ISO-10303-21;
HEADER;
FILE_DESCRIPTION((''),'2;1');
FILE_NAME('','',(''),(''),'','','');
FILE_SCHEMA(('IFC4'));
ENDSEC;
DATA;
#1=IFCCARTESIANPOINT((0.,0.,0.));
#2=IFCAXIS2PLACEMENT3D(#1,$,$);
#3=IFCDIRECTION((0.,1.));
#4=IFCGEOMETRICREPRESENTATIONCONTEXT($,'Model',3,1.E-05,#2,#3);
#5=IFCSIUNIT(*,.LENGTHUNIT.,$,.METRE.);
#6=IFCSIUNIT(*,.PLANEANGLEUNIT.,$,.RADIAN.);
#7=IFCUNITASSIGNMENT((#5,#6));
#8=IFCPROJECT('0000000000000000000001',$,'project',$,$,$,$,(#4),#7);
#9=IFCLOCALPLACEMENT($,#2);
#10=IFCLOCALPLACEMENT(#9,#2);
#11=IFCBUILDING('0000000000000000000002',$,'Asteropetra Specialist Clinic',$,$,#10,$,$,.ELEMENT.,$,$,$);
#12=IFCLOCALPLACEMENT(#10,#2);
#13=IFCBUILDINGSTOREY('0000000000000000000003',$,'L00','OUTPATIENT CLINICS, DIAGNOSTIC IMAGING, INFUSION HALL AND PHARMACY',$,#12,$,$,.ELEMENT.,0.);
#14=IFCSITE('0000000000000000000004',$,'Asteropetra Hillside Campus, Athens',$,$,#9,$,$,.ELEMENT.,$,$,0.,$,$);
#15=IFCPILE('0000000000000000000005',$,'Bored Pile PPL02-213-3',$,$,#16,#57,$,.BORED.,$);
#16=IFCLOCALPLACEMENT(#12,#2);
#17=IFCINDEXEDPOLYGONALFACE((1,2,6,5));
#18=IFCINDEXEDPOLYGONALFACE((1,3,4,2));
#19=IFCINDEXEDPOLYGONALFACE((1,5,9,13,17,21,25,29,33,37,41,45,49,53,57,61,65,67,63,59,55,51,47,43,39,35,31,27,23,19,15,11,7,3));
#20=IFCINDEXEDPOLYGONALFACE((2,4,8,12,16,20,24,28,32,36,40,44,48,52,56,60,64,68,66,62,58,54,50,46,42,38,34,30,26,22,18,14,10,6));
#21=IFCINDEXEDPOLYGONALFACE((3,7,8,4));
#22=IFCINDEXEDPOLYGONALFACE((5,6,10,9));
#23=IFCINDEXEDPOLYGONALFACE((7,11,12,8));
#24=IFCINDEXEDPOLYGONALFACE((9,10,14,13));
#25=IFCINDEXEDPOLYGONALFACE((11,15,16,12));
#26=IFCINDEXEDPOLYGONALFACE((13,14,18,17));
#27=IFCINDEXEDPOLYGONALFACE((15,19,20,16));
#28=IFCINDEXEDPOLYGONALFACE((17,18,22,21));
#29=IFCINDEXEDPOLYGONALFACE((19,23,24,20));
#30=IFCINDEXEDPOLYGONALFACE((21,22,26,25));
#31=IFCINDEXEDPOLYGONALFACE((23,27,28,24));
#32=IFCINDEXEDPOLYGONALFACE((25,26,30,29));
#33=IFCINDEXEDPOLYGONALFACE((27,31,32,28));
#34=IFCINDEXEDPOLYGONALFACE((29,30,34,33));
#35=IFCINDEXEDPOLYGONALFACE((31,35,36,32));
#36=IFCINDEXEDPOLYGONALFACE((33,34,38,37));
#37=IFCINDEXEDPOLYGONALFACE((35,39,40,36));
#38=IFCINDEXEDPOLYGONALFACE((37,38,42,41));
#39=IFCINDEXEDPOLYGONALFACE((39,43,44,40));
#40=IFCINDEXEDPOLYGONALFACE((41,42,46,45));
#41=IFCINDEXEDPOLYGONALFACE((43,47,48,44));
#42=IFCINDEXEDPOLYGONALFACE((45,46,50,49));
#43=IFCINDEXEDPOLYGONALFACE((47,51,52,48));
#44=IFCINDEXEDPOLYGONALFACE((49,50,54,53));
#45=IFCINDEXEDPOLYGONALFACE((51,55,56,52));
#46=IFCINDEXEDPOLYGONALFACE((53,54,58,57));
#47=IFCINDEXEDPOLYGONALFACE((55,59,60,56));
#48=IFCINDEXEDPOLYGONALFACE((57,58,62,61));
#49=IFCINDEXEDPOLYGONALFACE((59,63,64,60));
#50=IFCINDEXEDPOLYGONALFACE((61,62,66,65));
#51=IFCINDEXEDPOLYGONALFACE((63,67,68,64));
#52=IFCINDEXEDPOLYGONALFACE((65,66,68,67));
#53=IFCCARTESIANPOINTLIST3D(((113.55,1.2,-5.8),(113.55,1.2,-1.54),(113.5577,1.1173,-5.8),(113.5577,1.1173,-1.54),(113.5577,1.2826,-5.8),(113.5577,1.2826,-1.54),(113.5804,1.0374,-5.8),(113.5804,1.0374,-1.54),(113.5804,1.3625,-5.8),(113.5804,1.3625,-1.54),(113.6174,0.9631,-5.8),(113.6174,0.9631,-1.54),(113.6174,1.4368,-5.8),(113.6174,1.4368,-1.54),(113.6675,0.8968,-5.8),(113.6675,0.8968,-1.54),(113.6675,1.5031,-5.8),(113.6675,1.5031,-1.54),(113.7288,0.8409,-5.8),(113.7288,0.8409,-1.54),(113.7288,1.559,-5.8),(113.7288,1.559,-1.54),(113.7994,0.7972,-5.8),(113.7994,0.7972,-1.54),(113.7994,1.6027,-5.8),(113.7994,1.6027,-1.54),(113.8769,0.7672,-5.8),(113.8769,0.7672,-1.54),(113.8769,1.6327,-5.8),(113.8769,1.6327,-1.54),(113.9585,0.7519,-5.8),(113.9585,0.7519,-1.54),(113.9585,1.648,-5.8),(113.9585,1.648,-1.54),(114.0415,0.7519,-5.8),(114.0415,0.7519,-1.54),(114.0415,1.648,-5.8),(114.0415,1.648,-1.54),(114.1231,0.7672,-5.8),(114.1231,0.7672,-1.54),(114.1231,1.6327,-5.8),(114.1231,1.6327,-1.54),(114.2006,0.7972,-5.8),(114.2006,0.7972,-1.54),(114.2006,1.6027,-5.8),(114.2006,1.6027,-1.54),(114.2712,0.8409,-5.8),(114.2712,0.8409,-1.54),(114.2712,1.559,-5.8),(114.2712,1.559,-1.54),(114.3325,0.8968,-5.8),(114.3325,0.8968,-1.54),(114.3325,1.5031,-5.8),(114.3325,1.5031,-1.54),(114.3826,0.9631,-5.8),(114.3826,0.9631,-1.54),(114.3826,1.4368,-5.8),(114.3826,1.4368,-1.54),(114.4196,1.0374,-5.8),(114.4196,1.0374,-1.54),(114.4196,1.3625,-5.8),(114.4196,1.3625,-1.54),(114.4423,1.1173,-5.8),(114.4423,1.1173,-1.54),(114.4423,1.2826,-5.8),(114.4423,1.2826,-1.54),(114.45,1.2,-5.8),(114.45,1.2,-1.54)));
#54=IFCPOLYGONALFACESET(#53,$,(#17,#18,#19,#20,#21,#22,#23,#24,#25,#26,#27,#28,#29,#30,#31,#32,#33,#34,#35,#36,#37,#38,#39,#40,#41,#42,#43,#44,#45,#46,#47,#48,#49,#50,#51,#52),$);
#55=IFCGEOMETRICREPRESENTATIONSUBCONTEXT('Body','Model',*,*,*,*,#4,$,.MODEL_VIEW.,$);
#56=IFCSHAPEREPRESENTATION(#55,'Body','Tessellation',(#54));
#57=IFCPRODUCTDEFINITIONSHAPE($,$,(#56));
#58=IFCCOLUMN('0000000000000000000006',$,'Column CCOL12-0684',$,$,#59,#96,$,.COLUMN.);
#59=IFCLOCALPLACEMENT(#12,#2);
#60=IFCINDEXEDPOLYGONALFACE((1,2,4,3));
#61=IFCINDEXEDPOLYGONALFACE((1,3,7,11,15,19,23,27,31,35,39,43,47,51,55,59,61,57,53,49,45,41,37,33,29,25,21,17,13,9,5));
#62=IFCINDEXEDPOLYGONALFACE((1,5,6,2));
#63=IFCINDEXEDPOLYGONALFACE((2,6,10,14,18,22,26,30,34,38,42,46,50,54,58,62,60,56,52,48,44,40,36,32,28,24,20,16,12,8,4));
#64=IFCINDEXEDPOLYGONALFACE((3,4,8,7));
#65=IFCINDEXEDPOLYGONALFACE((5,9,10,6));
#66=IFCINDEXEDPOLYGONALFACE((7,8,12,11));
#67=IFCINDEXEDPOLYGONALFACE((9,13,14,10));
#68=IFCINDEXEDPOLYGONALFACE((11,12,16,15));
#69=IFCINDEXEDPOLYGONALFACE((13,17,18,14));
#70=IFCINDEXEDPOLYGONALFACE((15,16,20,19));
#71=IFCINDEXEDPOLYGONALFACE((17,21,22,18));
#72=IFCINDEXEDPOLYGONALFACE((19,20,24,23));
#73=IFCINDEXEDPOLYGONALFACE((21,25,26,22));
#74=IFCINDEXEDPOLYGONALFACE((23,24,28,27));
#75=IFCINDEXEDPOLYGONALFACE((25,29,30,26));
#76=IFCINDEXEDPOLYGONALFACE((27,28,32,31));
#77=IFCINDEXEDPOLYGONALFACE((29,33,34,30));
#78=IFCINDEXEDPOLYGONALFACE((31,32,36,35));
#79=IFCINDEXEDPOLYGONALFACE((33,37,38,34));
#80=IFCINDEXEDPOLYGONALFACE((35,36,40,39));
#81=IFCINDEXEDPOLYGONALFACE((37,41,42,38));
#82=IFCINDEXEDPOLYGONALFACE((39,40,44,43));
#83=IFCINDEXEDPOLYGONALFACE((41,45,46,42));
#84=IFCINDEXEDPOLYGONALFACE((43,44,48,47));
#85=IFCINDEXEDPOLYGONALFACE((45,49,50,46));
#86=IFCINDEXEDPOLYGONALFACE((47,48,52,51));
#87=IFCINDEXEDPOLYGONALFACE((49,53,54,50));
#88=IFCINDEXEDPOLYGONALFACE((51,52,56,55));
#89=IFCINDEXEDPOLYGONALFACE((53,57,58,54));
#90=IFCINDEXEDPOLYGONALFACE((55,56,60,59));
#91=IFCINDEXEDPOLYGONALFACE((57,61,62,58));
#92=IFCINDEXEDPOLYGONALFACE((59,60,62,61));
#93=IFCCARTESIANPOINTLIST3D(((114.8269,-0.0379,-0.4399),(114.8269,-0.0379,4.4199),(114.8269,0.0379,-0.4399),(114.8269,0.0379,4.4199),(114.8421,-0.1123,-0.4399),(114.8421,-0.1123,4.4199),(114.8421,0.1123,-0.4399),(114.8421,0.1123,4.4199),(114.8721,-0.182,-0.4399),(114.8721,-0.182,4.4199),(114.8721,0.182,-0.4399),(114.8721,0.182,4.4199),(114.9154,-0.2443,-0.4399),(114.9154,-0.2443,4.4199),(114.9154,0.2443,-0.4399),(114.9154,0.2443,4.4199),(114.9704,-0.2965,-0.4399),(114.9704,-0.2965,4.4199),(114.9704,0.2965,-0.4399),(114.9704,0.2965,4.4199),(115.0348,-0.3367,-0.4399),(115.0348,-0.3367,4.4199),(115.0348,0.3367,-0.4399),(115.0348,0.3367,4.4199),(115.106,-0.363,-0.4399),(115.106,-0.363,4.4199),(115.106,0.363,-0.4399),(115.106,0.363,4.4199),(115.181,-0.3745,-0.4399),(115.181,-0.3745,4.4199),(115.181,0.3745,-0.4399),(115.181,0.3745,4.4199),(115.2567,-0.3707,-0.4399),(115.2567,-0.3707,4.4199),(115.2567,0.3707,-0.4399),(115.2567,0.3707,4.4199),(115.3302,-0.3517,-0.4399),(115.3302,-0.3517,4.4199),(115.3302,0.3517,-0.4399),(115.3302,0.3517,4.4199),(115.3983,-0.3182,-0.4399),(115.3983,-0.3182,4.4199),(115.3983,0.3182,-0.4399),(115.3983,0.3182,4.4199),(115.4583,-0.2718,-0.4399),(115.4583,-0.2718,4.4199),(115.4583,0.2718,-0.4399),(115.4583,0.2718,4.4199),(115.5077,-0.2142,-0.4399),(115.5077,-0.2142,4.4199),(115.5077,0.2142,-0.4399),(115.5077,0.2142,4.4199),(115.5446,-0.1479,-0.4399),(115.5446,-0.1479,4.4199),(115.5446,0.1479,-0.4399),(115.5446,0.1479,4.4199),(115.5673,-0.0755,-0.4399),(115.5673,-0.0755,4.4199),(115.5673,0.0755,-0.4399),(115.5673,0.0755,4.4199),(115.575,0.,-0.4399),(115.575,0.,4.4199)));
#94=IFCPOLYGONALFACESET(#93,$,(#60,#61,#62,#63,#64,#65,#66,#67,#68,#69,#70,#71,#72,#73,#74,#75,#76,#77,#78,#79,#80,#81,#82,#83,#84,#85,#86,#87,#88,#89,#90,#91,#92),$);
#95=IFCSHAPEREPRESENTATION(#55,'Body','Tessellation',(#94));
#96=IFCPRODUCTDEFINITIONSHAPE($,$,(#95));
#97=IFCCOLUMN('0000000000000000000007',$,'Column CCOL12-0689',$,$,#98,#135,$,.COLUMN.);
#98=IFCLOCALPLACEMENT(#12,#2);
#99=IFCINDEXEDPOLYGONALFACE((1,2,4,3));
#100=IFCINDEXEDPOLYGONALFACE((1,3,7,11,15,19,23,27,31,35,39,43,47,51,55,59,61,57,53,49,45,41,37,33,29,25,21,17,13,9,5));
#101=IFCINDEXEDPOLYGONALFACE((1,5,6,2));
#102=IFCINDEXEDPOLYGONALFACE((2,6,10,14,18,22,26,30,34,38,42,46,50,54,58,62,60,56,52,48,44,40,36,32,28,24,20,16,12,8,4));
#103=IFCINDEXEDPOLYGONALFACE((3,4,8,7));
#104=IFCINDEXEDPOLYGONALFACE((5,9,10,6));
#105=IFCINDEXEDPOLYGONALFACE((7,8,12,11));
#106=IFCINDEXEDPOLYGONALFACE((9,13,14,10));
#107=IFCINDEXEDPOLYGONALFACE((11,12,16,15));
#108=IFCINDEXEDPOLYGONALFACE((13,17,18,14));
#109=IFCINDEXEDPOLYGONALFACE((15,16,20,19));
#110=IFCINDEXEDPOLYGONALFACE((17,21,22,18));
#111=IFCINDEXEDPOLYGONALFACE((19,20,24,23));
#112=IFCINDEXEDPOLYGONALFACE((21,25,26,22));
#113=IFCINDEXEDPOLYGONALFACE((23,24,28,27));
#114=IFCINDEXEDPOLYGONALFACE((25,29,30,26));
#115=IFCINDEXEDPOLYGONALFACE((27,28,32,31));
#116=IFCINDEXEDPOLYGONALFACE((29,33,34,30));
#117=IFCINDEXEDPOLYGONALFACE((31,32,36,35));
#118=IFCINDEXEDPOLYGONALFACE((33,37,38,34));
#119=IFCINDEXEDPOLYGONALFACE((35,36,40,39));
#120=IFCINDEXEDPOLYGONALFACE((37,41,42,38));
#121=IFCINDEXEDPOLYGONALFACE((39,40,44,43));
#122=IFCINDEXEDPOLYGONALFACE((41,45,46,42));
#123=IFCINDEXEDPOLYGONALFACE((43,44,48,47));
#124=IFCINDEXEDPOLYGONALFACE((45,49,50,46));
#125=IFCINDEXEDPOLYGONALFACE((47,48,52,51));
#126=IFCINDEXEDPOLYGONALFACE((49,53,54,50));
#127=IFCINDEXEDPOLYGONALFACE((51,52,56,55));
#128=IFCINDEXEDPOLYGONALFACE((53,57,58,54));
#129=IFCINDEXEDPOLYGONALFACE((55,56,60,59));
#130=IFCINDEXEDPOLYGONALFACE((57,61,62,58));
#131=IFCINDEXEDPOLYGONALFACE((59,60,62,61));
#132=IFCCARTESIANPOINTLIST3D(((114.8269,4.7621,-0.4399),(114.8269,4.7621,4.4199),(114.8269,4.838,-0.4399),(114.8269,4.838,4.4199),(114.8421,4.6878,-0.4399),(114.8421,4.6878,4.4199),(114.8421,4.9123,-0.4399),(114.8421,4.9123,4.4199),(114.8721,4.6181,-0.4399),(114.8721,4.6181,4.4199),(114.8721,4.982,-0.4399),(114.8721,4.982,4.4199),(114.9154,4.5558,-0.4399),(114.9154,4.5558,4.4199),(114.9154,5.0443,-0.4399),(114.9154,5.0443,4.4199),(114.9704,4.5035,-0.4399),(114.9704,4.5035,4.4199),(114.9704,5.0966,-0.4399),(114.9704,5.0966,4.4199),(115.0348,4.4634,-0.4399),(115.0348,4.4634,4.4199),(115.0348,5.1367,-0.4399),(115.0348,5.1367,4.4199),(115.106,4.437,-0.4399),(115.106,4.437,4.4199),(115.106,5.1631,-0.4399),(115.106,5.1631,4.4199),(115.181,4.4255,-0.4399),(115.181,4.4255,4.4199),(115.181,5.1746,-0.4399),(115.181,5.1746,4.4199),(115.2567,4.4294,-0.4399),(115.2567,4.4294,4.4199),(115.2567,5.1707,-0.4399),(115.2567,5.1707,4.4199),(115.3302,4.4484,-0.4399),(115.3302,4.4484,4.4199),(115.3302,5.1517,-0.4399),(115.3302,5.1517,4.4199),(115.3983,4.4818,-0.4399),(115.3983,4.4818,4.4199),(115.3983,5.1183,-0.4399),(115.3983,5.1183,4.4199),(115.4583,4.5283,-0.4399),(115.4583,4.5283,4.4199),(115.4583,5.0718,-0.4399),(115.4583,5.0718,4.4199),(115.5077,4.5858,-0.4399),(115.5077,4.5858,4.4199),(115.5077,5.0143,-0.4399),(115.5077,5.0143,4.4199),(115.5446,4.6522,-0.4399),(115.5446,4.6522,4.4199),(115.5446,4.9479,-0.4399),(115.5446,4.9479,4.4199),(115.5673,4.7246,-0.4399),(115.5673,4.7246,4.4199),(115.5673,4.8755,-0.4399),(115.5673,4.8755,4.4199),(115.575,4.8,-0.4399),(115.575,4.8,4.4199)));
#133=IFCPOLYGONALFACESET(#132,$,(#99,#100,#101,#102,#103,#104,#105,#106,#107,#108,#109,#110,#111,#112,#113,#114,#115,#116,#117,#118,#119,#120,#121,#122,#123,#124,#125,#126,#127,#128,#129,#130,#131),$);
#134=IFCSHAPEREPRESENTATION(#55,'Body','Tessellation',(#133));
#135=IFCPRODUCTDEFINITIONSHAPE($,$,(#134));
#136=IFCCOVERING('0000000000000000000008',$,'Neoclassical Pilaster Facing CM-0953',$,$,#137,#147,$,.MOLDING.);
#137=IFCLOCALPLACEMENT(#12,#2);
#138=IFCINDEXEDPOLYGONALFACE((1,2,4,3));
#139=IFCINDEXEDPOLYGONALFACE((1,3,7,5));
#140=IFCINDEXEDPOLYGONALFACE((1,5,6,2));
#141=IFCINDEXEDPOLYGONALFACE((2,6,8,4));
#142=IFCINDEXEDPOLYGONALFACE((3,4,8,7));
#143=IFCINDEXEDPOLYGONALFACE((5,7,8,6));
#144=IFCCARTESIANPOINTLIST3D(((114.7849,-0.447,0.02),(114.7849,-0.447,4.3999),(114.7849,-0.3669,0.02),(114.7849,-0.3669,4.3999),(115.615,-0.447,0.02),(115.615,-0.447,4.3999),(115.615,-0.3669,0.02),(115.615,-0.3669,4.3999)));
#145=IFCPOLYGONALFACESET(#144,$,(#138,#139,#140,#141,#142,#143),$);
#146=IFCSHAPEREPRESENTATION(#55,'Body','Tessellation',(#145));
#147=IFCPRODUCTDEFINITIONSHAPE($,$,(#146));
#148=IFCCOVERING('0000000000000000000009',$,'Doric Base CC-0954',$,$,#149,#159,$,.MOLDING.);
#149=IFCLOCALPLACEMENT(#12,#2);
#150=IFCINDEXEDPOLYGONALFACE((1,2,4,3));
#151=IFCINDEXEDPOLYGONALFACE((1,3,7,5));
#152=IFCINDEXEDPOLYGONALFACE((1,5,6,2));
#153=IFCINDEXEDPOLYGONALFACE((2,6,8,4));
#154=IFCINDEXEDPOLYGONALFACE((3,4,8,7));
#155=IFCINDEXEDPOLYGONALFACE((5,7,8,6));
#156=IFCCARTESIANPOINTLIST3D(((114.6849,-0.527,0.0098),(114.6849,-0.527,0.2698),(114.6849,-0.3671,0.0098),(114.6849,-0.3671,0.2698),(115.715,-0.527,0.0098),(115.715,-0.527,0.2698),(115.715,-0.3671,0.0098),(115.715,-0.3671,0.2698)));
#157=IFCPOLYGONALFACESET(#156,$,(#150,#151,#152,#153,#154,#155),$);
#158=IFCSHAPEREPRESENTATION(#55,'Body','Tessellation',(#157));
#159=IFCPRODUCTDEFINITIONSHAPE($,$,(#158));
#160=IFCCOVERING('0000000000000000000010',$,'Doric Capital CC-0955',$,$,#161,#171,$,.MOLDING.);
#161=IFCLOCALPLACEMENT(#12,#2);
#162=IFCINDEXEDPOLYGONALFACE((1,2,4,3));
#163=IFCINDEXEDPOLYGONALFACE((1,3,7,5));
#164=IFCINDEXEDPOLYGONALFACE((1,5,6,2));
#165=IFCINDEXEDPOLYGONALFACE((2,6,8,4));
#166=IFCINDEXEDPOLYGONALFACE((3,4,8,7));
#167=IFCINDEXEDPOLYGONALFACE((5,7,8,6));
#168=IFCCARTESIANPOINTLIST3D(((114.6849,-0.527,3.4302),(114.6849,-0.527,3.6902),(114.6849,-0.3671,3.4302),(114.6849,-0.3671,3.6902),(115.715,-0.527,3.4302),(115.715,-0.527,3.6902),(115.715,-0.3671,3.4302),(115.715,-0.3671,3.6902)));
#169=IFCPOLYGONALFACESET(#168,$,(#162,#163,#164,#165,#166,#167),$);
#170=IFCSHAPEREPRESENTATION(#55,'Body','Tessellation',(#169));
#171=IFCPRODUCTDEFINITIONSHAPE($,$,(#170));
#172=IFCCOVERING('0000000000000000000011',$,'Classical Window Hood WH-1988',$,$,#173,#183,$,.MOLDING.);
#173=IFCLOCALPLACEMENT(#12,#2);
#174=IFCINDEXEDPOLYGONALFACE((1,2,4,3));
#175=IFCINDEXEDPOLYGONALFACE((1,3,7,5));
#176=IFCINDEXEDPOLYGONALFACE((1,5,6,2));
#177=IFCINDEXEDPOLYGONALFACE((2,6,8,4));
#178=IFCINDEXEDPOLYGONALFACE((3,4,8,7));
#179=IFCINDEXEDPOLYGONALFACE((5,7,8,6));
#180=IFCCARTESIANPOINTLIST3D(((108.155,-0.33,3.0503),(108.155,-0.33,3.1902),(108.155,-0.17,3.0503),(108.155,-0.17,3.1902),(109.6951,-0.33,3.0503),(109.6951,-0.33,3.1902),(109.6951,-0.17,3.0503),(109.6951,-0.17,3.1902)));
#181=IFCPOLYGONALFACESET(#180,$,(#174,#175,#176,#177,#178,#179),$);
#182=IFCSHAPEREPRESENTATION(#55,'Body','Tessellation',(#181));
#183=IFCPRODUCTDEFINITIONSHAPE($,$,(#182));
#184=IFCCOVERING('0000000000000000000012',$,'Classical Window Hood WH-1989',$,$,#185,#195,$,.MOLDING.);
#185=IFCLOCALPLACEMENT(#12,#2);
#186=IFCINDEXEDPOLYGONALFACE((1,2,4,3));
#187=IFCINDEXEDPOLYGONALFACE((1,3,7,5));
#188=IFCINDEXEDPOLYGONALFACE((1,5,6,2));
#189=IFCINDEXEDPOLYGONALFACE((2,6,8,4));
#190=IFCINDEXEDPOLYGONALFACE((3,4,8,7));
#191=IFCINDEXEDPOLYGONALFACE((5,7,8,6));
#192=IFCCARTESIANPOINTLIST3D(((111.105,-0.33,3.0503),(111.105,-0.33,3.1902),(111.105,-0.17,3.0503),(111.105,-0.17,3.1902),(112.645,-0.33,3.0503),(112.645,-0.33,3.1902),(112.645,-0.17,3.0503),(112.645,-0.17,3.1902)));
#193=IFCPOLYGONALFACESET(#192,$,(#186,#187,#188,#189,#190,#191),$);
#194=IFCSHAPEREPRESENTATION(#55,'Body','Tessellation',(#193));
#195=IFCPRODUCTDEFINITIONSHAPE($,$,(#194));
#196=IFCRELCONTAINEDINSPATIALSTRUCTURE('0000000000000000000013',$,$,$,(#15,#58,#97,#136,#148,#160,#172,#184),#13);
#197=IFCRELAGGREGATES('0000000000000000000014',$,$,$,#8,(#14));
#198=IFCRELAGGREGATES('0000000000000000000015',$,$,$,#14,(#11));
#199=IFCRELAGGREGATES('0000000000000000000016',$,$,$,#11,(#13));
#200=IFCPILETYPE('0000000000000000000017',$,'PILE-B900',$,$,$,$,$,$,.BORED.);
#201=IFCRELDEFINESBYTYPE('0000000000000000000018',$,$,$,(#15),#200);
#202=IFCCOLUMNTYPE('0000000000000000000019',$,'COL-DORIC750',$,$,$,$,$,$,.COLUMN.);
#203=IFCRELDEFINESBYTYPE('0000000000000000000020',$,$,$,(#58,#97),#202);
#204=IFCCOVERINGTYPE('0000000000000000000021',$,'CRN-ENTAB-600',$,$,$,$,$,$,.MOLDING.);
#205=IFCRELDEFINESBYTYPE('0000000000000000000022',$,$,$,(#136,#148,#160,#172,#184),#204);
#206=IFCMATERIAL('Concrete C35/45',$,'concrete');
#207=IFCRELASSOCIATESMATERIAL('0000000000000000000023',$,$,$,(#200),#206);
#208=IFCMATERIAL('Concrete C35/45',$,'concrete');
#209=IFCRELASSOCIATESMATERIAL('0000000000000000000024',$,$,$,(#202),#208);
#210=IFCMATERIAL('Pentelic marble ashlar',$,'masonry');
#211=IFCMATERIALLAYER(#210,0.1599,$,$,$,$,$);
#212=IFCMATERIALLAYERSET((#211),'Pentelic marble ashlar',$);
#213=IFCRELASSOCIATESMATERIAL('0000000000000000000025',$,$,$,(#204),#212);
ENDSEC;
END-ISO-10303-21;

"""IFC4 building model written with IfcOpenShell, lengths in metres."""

from ifc_helpers import new_model, si_unit, direction, frame, origin, origin_2d, place, context, subcontext, project, spatial, rectangle, circle, extrude, material, layer, layer_set, material_profile, profile_set, type_object, element, save


model = new_model("IFC4")

# Units and contexts
model_context = context("Model", 3, precision=1e-05, world=origin(), true_north=direction((0.0, 1.0)))
body_context = subcontext(model_context, "Body", "Model", "MODEL_VIEW")
ifc_project = project(units=[si_unit("LENGTHUNIT", "METRE"), si_unit("PLANEANGLEUNIT", "RADIAN")], contexts=[model_context])

# Site, building, storey
site_placement = place(None, origin())
site = spatial("IfcSite", under=ifc_project, at=site_placement, Name="Asteropetra Hillside Campus, Athens", CompositionType="ELEMENT", RefElevation=0.0)
building_placement = place(site_placement, origin())
building = spatial("IfcBuilding", under=site, at=building_placement, Name="Asteropetra Specialist Clinic", CompositionType="ELEMENT")
storey_placement = place(building_placement, origin())
storey = spatial("IfcBuildingStorey", under=building, at=storey_placement, Name="L00", Description="OUTPATIENT CLINICS, DIAGNOSTIC IMAGING, INFUSION HALL AND PHARMACY", CompositionType="ELEMENT", Elevation=0.0)

# Pile
ifc_material_1 = material(Name="Concrete C35/45", Category="concrete")
ifc_material_profile_1 = material_profile(ifc_material_1, circle(Radius=0.45, at=origin_2d()), Name="PILE D900")
ifc_profile_set_1 = profile_set([ifc_material_profile_1], Name="Concrete C35/45")
pile_type_1 = type_object("IfcPileType", Name="PILE-B900", PredefinedType="BORED", material=ifc_profile_set_1)
for number, where, z_axis, x_axis, name in (
    (1, (114.0, 1.2, -1.54), (0.0, 0.0, -1.0), (1.0, 0.0, 0.0), "Bored Pile PPL02-213-3"),
):
    element("IfcPile", number, at=place(storey_placement, frame(where, z_axis=z_axis, x_axis=x_axis)), inside=storey, type_object=pile_type_1, Name=name, PredefinedType="BORED", context=body_context, shape_type="SweptSolid", body=[
        extrude(circle(Radius=0.45, at=origin_2d()), origin(), (0.0, 0.0, 1.0), 4.26),
    ])

# Columns
ifc_material_2 = material(Name="Concrete C35/45", Category="concrete")
ifc_material_profile_2 = material_profile(ifc_material_2, circle(Radius=0.375, at=origin_2d()), Name="RCC D750")
ifc_profile_set_2 = profile_set([ifc_material_profile_2], Name="Concrete C35/45")
column_type = type_object("IfcColumnType", Name="COL-DORIC750", PredefinedType="COLUMN", material=ifc_profile_set_2)
for number, where, z_axis, x_axis, name in (
    (2, (115.2, 0.0, -0.4399), (0.0, 0.0, 1.0), (1.0, 0.0, 0.0), "Column CCOL12-0684"),
    (3, (115.2, 4.8, -0.4399), (0.0, 0.0, 1.0), (1.0, 0.0, 0.0), "Column CCOL12-0689"),
):
    element("IfcColumn", number, at=place(storey_placement, frame(where, z_axis=z_axis, x_axis=x_axis)), inside=storey, type_object=column_type, Name=name, PredefinedType="COLUMN", context=body_context, shape_type="SweptSolid", body=[
        extrude(circle(Radius=0.375, at=origin_2d()), origin(), (0.0, 0.0, 1.0), 4.8599),
    ])

# Coverings
ifc_material_3 = material(Name="Pentelic marble ashlar", Category="masonry")
ifc_layer = layer(ifc_material_3, 0.1599)
ifc_layer_set = layer_set([ifc_layer], Name="Pentelic marble ashlar")
covering_type = type_object("IfcCoveringType", Name="CRN-ENTAB-600", PredefinedType="MOLDING", material=ifc_layer_set)
covering_1_placement = place(storey_placement, frame((115.2, -0.407, 0.02), z_axis=(0.0, 0.0, 1.0), x_axis=(1.0, 0.0, 0.0)))
element("IfcCovering", 4, at=covering_1_placement, inside=storey, type_object=covering_type, Name="Neoclassical Pilaster Facing CM-0953", PredefinedType="MOLDING", context=body_context, shape_type="SweptSolid", body=[
    extrude(rectangle(XDim=0.8301, YDim=0.0801, at=origin_2d()), origin(), (0.0, 0.0, 1.0), 4.3799),
])
for number, where, z_axis, x_axis, name in (
    (5, (115.2, -0.447, 0.0098), (0.0, 0.0, 1.0), (1.0, 0.0, 0.0), "Doric Base CC-0954"),
    (6, (115.2, -0.447, 3.4302), (0.0, 0.0, 1.0), (1.0, 0.0, 0.0), "Doric Capital CC-0955"),
):
    element("IfcCovering", number, at=place(storey_placement, frame(where, z_axis=z_axis, x_axis=x_axis)), inside=storey, type_object=covering_type, Name=name, PredefinedType="MOLDING", context=body_context, shape_type="SweptSolid", body=[
        extrude(rectangle(XDim=1.03, YDim=0.1599, at=origin_2d()), origin(), (0.0, 0.0, 1.0), 0.26),
    ])
for number, where, z_axis, x_axis, name in (
    (7, (108.925, -0.25, 3.0503), (0.0, 0.0, 1.0), (1.0, 0.0, 0.0), "Classical Window Hood WH-1988"),
    (8, (111.875, -0.25, 3.0503), (0.0, 0.0, 1.0), (1.0, 0.0, 0.0), "Classical Window Hood WH-1989"),
):
    element("IfcCovering", number, at=place(storey_placement, frame(where, z_axis=z_axis, x_axis=x_axis)), inside=storey, type_object=covering_type, Name=name, PredefinedType="MOLDING", context=body_context, shape_type="SweptSolid", body=[
        extrude(rectangle(XDim=1.54, YDim=0.1599, at=origin_2d()), origin(), (0.0, 0.0, 1.0), 0.1399),
    ])

save(model, "model.ifc")
